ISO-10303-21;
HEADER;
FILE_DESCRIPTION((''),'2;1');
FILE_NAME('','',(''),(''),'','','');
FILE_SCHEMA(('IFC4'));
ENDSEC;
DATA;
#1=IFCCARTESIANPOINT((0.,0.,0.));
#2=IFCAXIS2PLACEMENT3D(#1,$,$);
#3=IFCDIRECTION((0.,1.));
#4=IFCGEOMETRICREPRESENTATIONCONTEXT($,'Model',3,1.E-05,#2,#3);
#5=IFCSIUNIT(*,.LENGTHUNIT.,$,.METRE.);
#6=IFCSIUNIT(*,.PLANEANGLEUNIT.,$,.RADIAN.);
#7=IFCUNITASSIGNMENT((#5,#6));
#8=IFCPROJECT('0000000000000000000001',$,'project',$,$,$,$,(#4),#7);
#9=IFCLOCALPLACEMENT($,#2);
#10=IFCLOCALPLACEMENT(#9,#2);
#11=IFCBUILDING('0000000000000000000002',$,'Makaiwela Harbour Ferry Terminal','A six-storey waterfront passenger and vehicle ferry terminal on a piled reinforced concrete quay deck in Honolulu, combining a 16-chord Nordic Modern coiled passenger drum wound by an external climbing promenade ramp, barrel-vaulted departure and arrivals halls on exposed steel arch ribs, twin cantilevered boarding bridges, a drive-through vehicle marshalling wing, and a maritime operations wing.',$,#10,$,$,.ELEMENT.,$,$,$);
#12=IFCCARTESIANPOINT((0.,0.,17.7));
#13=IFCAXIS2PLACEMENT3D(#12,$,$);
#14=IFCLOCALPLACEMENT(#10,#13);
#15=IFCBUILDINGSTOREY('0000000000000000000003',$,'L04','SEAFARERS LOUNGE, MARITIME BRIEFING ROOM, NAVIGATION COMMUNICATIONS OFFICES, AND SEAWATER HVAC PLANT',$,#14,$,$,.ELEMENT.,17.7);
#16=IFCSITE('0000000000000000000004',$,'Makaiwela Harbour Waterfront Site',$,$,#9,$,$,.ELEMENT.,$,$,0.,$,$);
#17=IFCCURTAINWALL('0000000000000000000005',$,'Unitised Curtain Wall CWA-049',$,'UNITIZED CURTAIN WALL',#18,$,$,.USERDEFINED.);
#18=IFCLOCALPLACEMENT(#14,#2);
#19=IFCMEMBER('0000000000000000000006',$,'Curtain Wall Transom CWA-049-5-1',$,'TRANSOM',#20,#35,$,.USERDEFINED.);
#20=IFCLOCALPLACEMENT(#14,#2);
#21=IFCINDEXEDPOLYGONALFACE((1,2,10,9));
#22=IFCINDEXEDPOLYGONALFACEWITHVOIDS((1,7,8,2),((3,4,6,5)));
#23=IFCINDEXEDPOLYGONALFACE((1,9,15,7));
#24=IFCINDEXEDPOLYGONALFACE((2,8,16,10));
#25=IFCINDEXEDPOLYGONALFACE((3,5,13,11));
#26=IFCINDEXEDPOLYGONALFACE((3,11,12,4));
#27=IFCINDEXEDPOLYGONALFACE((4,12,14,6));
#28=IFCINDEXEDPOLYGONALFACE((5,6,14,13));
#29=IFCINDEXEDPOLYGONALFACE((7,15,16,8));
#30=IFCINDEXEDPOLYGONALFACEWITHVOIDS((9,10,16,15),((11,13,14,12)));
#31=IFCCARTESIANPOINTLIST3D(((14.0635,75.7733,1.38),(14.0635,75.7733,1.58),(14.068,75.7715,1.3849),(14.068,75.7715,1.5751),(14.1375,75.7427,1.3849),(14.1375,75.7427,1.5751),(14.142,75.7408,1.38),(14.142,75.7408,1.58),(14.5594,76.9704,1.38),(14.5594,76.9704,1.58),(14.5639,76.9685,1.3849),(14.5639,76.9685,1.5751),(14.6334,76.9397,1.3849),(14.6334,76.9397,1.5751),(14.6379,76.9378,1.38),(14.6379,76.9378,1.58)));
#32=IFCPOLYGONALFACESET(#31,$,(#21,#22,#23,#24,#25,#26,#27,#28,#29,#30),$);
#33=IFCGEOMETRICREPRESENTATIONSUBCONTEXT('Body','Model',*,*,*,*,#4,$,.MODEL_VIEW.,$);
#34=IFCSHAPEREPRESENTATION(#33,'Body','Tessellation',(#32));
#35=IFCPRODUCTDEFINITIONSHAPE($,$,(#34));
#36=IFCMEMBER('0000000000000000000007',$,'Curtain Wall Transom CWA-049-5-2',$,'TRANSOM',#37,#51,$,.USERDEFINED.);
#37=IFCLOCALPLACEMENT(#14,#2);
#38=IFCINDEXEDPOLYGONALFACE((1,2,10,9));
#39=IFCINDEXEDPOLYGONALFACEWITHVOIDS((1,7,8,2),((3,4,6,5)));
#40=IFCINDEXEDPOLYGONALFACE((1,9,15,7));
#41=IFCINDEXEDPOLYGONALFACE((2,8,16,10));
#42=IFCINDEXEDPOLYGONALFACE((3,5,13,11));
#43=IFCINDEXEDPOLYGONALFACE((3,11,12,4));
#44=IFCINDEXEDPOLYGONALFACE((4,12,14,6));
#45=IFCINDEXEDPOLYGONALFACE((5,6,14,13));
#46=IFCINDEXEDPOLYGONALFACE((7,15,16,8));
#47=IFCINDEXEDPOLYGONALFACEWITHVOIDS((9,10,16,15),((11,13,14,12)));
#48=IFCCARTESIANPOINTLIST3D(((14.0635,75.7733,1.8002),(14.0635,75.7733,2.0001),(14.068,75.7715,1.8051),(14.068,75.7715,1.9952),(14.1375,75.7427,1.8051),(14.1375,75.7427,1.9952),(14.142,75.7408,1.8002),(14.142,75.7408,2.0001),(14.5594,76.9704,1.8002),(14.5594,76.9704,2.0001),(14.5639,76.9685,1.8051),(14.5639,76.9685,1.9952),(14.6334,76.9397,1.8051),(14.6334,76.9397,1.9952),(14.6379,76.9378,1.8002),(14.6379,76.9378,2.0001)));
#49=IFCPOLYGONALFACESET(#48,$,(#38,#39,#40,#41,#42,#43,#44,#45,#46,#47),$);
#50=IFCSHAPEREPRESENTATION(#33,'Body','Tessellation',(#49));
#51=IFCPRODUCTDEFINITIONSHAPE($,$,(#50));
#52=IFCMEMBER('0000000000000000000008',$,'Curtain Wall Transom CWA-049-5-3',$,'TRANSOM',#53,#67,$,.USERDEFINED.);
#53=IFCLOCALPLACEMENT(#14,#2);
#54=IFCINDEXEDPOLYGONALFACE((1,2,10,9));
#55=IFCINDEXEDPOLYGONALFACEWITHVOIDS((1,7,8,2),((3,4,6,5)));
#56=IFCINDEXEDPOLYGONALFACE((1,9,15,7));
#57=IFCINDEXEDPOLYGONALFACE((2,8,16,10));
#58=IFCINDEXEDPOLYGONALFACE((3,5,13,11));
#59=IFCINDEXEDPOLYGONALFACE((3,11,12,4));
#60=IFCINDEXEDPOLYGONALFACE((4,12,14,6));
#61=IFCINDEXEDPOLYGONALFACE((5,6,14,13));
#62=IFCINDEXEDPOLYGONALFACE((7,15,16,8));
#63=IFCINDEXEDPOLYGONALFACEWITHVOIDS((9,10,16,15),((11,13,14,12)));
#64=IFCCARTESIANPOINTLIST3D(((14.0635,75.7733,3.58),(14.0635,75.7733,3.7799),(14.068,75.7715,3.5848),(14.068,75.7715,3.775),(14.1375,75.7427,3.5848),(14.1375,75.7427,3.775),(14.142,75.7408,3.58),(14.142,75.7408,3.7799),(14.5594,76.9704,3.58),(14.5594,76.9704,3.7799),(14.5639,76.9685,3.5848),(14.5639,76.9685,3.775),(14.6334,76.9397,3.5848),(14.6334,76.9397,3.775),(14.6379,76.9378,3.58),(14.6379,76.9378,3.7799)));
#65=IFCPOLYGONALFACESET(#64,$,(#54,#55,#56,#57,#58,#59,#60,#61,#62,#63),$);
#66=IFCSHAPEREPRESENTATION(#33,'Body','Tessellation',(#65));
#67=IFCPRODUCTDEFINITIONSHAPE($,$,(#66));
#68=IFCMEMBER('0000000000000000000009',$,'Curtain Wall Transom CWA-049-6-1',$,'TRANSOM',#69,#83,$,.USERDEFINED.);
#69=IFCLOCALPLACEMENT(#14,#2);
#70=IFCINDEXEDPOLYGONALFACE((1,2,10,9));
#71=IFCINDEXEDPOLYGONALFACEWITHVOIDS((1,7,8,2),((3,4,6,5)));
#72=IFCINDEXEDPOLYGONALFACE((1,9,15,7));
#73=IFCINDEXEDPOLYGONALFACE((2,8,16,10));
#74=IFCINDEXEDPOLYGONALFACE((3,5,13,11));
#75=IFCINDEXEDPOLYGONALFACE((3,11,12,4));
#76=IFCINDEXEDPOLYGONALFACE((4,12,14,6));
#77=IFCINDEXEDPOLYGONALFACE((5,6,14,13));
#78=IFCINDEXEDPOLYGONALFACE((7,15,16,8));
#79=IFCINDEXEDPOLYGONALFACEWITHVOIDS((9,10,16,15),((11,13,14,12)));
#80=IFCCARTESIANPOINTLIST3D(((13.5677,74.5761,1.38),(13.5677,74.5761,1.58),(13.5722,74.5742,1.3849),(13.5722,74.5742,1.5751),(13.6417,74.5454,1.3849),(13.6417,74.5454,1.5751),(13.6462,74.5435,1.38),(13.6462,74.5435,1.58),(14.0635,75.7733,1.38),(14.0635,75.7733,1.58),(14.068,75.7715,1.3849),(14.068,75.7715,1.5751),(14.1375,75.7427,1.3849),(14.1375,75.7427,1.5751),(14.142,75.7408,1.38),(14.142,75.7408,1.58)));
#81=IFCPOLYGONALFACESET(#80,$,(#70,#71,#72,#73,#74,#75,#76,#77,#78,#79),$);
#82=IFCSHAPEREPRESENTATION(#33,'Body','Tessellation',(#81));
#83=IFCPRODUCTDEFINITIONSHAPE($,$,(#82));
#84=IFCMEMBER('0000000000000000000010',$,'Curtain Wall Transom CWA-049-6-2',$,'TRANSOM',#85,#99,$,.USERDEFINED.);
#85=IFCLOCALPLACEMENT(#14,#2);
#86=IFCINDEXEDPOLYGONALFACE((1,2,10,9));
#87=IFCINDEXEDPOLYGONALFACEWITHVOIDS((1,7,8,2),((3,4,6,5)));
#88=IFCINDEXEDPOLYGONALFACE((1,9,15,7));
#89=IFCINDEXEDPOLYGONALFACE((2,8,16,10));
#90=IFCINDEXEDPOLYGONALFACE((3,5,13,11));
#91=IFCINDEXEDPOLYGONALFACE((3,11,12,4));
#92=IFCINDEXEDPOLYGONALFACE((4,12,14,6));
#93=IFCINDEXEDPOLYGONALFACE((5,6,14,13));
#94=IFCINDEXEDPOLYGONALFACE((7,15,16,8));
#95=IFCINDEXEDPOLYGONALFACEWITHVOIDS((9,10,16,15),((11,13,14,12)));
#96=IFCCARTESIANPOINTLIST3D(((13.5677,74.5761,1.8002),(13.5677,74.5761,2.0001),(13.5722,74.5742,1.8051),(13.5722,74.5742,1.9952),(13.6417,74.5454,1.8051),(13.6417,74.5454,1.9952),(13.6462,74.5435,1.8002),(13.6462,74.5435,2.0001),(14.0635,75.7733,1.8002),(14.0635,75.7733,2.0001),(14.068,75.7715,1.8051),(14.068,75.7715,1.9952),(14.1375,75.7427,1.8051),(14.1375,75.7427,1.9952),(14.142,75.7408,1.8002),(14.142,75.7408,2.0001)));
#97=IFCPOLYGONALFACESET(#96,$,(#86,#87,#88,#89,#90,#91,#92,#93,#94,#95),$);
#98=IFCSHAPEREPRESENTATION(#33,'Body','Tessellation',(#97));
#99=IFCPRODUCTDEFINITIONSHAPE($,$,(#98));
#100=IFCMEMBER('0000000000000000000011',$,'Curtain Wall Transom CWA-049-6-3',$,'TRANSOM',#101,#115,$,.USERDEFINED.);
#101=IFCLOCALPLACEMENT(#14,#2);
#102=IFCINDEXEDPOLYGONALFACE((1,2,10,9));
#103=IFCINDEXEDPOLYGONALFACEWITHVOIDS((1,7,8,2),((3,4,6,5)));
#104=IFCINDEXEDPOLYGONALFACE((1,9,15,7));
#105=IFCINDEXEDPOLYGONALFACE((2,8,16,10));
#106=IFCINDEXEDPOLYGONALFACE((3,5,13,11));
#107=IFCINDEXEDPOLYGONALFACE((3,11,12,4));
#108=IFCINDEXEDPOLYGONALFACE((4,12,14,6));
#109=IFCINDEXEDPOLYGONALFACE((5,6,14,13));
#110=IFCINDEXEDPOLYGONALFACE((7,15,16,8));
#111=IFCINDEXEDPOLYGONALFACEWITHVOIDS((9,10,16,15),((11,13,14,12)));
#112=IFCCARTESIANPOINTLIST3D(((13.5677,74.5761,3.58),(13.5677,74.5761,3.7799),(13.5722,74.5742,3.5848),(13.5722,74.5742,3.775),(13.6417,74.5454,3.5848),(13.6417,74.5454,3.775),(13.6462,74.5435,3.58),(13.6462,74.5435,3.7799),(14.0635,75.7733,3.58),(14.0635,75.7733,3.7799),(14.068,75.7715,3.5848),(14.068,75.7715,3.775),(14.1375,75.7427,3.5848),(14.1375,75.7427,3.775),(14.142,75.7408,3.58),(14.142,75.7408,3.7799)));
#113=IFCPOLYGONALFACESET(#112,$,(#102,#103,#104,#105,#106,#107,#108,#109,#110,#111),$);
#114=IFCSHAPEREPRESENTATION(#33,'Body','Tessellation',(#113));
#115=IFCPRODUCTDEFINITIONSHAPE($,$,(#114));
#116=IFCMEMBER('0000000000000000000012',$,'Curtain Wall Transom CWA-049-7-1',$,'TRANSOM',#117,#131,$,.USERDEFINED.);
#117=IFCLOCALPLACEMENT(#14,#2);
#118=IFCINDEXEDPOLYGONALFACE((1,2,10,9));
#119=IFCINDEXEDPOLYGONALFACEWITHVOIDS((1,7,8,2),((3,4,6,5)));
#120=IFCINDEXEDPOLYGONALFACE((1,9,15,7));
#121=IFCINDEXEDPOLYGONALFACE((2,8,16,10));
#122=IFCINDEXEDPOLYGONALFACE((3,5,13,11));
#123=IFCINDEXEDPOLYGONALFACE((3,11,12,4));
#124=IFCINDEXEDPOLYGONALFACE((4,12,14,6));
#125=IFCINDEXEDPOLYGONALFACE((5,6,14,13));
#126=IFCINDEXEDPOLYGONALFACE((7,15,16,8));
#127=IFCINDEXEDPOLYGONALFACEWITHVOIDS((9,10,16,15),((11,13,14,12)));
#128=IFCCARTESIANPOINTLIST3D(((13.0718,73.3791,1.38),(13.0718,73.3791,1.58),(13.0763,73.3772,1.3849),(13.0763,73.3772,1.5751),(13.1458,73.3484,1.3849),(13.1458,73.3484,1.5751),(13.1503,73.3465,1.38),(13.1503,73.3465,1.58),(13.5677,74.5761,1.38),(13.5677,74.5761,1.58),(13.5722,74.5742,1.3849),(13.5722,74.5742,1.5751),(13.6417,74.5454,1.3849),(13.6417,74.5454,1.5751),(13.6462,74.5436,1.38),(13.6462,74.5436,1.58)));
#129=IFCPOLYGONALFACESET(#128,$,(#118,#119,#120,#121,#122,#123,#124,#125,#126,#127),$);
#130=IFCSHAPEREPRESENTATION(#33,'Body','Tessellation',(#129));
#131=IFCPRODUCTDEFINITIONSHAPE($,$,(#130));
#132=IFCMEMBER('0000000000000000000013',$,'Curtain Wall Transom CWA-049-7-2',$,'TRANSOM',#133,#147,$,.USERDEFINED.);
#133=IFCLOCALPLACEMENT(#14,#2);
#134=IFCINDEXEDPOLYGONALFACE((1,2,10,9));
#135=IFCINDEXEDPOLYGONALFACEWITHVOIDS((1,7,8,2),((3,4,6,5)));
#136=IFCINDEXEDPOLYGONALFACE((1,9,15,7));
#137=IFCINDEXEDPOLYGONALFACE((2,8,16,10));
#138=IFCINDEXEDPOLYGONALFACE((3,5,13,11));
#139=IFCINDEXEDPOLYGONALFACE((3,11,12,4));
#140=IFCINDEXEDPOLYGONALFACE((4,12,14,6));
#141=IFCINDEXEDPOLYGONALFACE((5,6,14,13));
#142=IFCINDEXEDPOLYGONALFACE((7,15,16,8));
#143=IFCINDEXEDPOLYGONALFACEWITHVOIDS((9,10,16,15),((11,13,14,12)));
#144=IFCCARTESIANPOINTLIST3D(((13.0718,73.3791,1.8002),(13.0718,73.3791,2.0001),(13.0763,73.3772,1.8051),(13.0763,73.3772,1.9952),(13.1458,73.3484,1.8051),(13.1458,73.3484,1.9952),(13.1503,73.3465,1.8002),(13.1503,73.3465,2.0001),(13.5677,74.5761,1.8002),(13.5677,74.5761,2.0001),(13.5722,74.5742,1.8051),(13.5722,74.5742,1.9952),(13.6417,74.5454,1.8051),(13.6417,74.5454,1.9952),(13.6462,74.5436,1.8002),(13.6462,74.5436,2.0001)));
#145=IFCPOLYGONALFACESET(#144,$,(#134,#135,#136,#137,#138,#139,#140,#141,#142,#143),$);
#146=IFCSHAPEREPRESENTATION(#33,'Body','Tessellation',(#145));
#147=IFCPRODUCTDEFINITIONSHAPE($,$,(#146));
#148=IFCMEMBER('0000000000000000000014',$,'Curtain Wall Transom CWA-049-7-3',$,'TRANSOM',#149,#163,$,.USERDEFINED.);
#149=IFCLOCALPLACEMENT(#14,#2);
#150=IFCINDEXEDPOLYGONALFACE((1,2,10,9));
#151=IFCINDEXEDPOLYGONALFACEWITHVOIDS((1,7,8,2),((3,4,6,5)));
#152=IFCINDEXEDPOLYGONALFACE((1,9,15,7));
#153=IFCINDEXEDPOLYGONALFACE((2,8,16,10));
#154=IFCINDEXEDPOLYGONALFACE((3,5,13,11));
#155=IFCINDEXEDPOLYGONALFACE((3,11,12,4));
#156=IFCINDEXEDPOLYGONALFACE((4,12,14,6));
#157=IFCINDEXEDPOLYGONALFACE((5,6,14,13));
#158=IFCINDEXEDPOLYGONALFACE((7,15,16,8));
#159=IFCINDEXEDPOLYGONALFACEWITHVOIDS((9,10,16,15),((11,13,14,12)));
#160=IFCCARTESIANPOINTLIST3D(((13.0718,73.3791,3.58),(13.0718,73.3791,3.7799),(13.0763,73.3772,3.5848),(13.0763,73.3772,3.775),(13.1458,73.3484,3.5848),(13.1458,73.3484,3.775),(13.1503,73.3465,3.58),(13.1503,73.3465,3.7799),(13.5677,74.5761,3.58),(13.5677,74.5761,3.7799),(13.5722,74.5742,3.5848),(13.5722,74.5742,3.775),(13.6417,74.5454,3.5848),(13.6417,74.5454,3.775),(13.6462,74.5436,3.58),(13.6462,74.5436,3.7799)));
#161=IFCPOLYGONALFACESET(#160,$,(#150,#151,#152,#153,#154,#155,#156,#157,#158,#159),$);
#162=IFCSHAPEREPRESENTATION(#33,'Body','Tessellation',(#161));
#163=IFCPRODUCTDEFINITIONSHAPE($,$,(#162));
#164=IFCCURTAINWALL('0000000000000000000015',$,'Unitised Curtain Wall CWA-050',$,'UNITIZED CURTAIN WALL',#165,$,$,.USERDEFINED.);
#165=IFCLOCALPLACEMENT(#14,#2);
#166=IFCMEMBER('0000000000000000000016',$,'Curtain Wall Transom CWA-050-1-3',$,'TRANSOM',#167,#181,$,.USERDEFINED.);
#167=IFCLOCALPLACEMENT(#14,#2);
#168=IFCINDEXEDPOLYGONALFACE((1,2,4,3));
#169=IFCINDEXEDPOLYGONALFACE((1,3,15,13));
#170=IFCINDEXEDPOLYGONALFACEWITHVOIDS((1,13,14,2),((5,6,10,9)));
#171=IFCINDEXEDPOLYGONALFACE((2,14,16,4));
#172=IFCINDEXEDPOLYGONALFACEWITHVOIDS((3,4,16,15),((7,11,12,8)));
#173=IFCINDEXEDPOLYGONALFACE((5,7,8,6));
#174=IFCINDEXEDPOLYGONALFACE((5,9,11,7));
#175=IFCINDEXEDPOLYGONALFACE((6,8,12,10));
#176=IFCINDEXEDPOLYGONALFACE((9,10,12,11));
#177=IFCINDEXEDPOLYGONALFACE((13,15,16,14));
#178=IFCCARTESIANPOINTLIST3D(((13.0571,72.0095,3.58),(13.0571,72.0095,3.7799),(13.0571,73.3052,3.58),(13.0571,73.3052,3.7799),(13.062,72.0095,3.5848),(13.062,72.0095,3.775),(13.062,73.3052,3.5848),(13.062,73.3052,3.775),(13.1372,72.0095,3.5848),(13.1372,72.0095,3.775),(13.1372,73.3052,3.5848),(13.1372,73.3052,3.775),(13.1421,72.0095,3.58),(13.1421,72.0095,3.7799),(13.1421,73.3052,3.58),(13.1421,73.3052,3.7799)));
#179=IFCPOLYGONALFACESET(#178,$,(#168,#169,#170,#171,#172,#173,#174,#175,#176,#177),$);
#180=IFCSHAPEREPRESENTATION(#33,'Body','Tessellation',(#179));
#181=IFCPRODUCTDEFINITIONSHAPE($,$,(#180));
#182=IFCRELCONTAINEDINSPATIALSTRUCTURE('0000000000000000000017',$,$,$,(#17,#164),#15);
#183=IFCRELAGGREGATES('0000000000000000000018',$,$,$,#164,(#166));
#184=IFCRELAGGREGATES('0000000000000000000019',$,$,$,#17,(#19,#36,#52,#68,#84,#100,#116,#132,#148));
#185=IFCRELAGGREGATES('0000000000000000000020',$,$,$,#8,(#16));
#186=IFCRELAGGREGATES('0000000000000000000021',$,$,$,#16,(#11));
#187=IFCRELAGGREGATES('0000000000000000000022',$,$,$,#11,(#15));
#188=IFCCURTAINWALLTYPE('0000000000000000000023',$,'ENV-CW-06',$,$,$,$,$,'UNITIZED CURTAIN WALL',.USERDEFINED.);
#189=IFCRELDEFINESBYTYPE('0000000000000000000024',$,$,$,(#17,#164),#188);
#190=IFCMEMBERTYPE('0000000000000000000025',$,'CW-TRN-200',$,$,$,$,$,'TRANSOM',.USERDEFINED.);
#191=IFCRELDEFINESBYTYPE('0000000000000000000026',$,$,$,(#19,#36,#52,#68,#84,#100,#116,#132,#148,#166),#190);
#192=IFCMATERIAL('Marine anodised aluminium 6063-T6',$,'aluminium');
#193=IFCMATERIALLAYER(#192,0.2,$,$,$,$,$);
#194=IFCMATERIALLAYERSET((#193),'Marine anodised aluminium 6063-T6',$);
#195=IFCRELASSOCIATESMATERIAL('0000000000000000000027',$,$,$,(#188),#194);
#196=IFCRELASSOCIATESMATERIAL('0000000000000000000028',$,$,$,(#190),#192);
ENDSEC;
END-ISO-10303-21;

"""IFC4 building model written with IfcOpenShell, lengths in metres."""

from ifc_helpers import new_model, si_unit, direction, frame, origin, origin_2d, place, context, subcontext, project, spatial, hollow_rectangle, extrude, material, layer, layer_set, material_profile, profile_set, type_object, element, aggregate, save


model = new_model("IFC4")

# Units and contexts
model_context = context("Model", 3, precision=1e-05, world=origin(), true_north=direction((0.0, 1.0)))
body_context = subcontext(model_context, "Body", "Model", "MODEL_VIEW")
ifc_project = project(units=[si_unit("LENGTHUNIT", "METRE"), si_unit("PLANEANGLEUNIT", "RADIAN")], contexts=[model_context])

# Site, building, storey
site_placement = place(None, origin())
site = spatial("IfcSite", under=ifc_project, at=site_placement, Name="Makaiwela Harbour Waterfront Site", CompositionType="ELEMENT", RefElevation=0.0)
building_placement = place(site_placement, origin())
building = spatial("IfcBuilding", under=site, at=building_placement, Name="Makaiwela Harbour Ferry Terminal", Description="A six-storey waterfront passenger and vehicle ferry terminal on a piled reinforced concrete quay deck in Honolulu, combining a 16-chord Nordic Modern coiled passenger drum wound by an external climbing promenade ramp, barrel-vaulted departure and arrivals halls on exposed steel arch ribs, twin cantilevered boarding bridges, a drive-through vehicle marshalling wing, and a maritime operations wing.", CompositionType="ELEMENT")
storey_placement = place(building_placement, frame((0.0, 0.0, 17.7)))
storey = spatial("IfcBuildingStorey", under=building, at=storey_placement, Name="L04", Description="SEAFARERS LOUNGE, MARITIME BRIEFING ROOM, NAVIGATION COMMUNICATIONS OFFICES, AND SEAWATER HVAC PLANT", CompositionType="ELEMENT", Elevation=17.7)

# Curtain wall, members
ifc_material_1 = material(Name="Marine anodised aluminium 6063-T6", Category="aluminium")
ifc_layer_1 = layer(ifc_material_1, 0.2)
ifc_layer_set_1 = layer_set([ifc_layer_1], Name="Marine anodised aluminium 6063-T6")
curtain_wall_type = type_object("IfcCurtainWallType", Name="ENV-CW-06", ElementType="UNITIZED CURTAIN WALL", PredefinedType="USERDEFINED", material=ifc_layer_set_1)
curtain_wall_1_placement = place(storey_placement, origin())
curtain_wall_1 = element("IfcCurtainWall", 1, at=curtain_wall_1_placement, inside=storey, type_object=curtain_wall_type, Name="Unitised Curtain Wall CWA-049", ObjectType="UNITIZED CURTAIN WALL", PredefinedType="USERDEFINED")
ifc_material_profile_1 = material_profile(ifc_material_1, hollow_rectangle(XDim=0.085, YDim=0.2, WallThickness=0.0049, at=origin_2d()), Name="CWT-200X85")
ifc_profile_set_1 = profile_set([ifc_material_profile_1], Name="Marine anodised aluminium 6063-T6")
member_type_1 = type_object("IfcMemberType", Name="CW-TRN-200", ElementType="TRANSOM", PredefinedType="USERDEFINED", material=ifc_profile_set_1)
member_1_placement = place(storey_placement, frame((14.5986, 76.9541, 1.48), z_axis=(-0.382701, -0.923872, 0.0), x_axis=(0.923872, -0.382701, 0.0)))
member_1 = element("IfcMember", 2, at=member_1_placement, type_object=member_type_1, Name="Curtain Wall Transom CWA-049-5-1", ObjectType="TRANSOM", PredefinedType="USERDEFINED", context=body_context, shape_type="SweptSolid", body=[
    extrude(hollow_rectangle(XDim=0.085, YDim=0.2, WallThickness=0.0049, at=origin_2d()), origin(), (0.0, 0.0, 1.0), 1.2957),
])
member_2_placement = place(storey_placement, frame((14.5986, 76.9541, 1.9001), z_axis=(-0.382701, -0.923872, 0.0), x_axis=(0.923872, -0.382701, 0.0)))
member_2 = element("IfcMember", 3, at=member_2_placement, type_object=member_type_1, Name="Curtain Wall Transom CWA-049-5-2", ObjectType="TRANSOM", PredefinedType="USERDEFINED", context=body_context, shape_type="SweptSolid", body=[
    extrude(hollow_rectangle(XDim=0.085, YDim=0.2, WallThickness=0.0049, at=origin_2d()), origin(), (0.0, 0.0, 1.0), 1.2957),
])
member_3_placement = place(storey_placement, frame((14.5986, 76.9541, 3.6799), z_axis=(-0.382701, -0.923872, 0.0), x_axis=(0.923872, -0.382701, 0.0)))
member_3 = element("IfcMember", 4, at=member_3_placement, type_object=member_type_1, Name="Curtain Wall Transom CWA-049-5-3", ObjectType="TRANSOM", PredefinedType="USERDEFINED", context=body_context, shape_type="SweptSolid", body=[
    extrude(hollow_rectangle(XDim=0.085, YDim=0.2, WallThickness=0.0049, at=origin_2d()), origin(), (0.0, 0.0, 1.0), 1.2957),
])
member_4_placement = place(storey_placement, frame((14.1028, 75.7571, 1.48), z_axis=(-0.382635, -0.9239, 0.0), x_axis=(0.9239, -0.382635, 0.0)))
member_4 = element("IfcMember", 5, at=member_4_placement, type_object=member_type_1, Name="Curtain Wall Transom CWA-049-6-1", ObjectType="TRANSOM", PredefinedType="USERDEFINED", context=body_context, shape_type="SweptSolid", body=[
    extrude(hollow_rectangle(XDim=0.085, YDim=0.2, WallThickness=0.0049, at=origin_2d()), origin(), (0.0, 0.0, 1.0), 1.2959),
])
member_5_placement = place(storey_placement, frame((14.1028, 75.7571, 1.9001), z_axis=(-0.382635, -0.9239, 0.0), x_axis=(0.9239, -0.382635, 0.0)))
member_5 = element("IfcMember", 6, at=member_5_placement, type_object=member_type_1, Name="Curtain Wall Transom CWA-049-6-2", ObjectType="TRANSOM", PredefinedType="USERDEFINED", context=body_context, shape_type="SweptSolid", body=[
    extrude(hollow_rectangle(XDim=0.085, YDim=0.2, WallThickness=0.0049, at=origin_2d()), origin(), (0.0, 0.0, 1.0), 1.2959),
])
member_6_placement = place(storey_placement, frame((14.1028, 75.7571, 3.6799), z_axis=(-0.382635, -0.9239, 0.0), x_axis=(0.9239, -0.382635, 0.0)))
member_6 = element("IfcMember", 7, at=member_6_placement, type_object=member_type_1, Name="Curtain Wall Transom CWA-049-6-3", ObjectType="TRANSOM", PredefinedType="USERDEFINED", context=body_context, shape_type="SweptSolid", body=[
    extrude(hollow_rectangle(XDim=0.085, YDim=0.2, WallThickness=0.0049, at=origin_2d()), origin(), (0.0, 0.0, 1.0), 1.2959),
])
member_7_placement = place(storey_placement, frame((13.6069, 74.5598, 1.48), z_axis=(-0.382701, -0.923872, 0.0), x_axis=(0.923872, -0.382701, 0.0)))
member_7 = element("IfcMember", 8, at=member_7_placement, type_object=member_type_1, Name="Curtain Wall Transom CWA-049-7-1", ObjectType="TRANSOM", PredefinedType="USERDEFINED", context=body_context, shape_type="SweptSolid", body=[
    extrude(hollow_rectangle(XDim=0.085, YDim=0.2, WallThickness=0.0049, at=origin_2d()), origin(), (0.0, 0.0, 1.0), 1.2957),
])
member_8_placement = place(storey_placement, frame((13.6069, 74.5598, 1.9001), z_axis=(-0.382701, -0.923872, 0.0), x_axis=(0.923872, -0.382701, 0.0)))
member_8 = element("IfcMember", 9, at=member_8_placement, type_object=member_type_1, Name="Curtain Wall Transom CWA-049-7-2", ObjectType="TRANSOM", PredefinedType="USERDEFINED", context=body_context, shape_type="SweptSolid", body=[
    extrude(hollow_rectangle(XDim=0.085, YDim=0.2, WallThickness=0.0049, at=origin_2d()), origin(), (0.0, 0.0, 1.0), 1.2957),
])
member_9_placement = place(storey_placement, frame((13.6069, 74.5598, 3.6799), z_axis=(-0.382701, -0.923872, 0.0), x_axis=(0.923872, -0.382701, 0.0)))
member_9 = element("IfcMember", 10, at=member_9_placement, type_object=member_type_1, Name="Curtain Wall Transom CWA-049-7-3", ObjectType="TRANSOM", PredefinedType="USERDEFINED", context=body_context, shape_type="SweptSolid", body=[
    extrude(hollow_rectangle(XDim=0.085, YDim=0.2, WallThickness=0.0049, at=origin_2d()), origin(), (0.0, 0.0, 1.0), 1.2957),
])

# Curtain wall, member
curtain_wall_2_placement = place(storey_placement, origin())
curtain_wall_2 = element("IfcCurtainWall", 11, at=curtain_wall_2_placement, inside=storey, type_object=curtain_wall_type, Name="Unitised Curtain Wall CWA-050", ObjectType="UNITIZED CURTAIN WALL", PredefinedType="USERDEFINED")
member_10_placement = place(storey_placement, frame((13.0996, 73.3052, 3.6799), z_axis=(0.0, -1.0, 0.0), x_axis=(1.0, 0.0, 0.0)))
member_10 = element("IfcMember", 12, at=member_10_placement, type_object=member_type_1, Name="Curtain Wall Transom CWA-050-1-3", ObjectType="TRANSOM", PredefinedType="USERDEFINED", context=body_context, shape_type="SweptSolid", body=[
    extrude(hollow_rectangle(XDim=0.085, YDim=0.2, WallThickness=0.0049, at=origin_2d()), origin(), (0.0, 0.0, 1.0), 1.2957),
])
aggregate(curtain_wall_2, [member_10])

aggregate(curtain_wall_1, [member_1, member_2, member_3, member_4, member_5, member_6, member_7, member_8, member_9])

save(model, "model.ifc")
